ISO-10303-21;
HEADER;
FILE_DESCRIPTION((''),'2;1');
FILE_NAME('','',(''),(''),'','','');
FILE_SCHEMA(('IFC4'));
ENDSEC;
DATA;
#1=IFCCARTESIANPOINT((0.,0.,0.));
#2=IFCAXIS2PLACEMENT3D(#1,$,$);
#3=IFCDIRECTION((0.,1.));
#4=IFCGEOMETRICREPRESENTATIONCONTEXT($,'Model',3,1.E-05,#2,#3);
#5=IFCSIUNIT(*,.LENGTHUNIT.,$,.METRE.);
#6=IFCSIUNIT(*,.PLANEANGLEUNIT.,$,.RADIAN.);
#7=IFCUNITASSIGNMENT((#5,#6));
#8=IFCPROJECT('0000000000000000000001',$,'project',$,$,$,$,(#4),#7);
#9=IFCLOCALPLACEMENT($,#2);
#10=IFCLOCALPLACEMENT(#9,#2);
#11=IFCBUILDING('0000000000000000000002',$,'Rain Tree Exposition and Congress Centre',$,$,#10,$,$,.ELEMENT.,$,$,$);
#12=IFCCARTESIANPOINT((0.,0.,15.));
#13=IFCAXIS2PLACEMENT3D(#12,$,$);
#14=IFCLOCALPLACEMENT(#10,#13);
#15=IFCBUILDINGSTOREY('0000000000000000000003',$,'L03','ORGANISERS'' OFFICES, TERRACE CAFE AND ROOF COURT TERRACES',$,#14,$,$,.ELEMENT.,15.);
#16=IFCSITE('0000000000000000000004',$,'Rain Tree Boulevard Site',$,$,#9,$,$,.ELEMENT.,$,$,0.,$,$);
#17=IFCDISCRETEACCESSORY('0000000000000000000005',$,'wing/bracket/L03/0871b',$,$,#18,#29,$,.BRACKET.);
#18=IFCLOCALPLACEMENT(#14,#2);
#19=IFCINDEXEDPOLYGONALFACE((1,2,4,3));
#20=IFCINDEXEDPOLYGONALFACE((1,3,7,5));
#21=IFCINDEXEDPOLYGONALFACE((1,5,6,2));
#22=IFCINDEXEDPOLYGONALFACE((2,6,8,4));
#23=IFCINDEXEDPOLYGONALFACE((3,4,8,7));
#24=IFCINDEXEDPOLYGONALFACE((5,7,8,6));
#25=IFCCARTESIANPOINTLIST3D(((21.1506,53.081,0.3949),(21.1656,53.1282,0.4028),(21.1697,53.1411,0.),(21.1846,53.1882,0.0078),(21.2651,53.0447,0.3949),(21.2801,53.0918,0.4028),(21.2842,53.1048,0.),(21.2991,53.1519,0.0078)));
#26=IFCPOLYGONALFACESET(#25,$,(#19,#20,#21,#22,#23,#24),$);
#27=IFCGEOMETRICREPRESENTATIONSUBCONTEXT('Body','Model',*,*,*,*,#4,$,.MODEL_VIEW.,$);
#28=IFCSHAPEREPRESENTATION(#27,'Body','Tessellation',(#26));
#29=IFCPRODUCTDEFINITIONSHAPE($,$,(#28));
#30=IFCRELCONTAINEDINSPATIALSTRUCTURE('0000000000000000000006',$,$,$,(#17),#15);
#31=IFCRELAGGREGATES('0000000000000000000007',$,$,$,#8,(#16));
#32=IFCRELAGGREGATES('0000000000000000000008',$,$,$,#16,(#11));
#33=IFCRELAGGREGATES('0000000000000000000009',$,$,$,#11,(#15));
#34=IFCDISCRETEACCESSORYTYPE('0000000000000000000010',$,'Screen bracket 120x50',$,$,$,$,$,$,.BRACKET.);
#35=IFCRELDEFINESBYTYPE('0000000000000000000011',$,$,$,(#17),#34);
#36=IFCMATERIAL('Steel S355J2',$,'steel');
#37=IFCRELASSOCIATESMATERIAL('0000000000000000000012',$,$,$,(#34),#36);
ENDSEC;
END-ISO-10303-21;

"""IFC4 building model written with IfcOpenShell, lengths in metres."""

from ifc_helpers import new_model, si_unit, direction, frame, origin, origin_2d, place, context, subcontext, project, spatial, rectangle, extrude, material, material_profile, profile_set, type_object, element, save


model = new_model("IFC4")

# Units and contexts
model_context = context("Model", 3, precision=1e-05, world=origin(), true_north=direction((0.0, 1.0)))
body_context = subcontext(model_context, "Body", "Model", "MODEL_VIEW")
ifc_project = project(units=[si_unit("LENGTHUNIT", "METRE"), si_unit("PLANEANGLEUNIT", "RADIAN")], contexts=[model_context])

# Site, building, storey
site_placement = place(None, origin())
site = spatial("IfcSite", under=ifc_project, at=site_placement, Name="Rain Tree Boulevard Site", CompositionType="ELEMENT", RefElevation=0.0)
building_placement = place(site_placement, origin())
building = spatial("IfcBuilding", under=site, at=building_placement, Name="Rain Tree Exposition and Congress Centre", CompositionType="ELEMENT")
storey_placement = place(building_placement, frame((0.0, 0.0, 15.0)))
storey = spatial("IfcBuildingStorey", under=building, at=storey_placement, Name="L03", Description="ORGANISERS' OFFICES, TERRACE CAFE AND ROOF COURT TERRACES", CompositionType="ELEMENT", Elevation=15.0)

# Discrete accessory
ifc_material_1 = material(Name="Steel S355J2", Category="steel")
ifc_material_profile = material_profile(ifc_material_1, rectangle(XDim=0.1201, YDim=0.05, at=origin_2d()), Name="Flat bar 120x50")
ifc_profile_set = profile_set([ifc_material_profile], Name="Steel S355J2")
discrete_accessory_type = type_object("IfcDiscreteAccessoryType", Name="Screen bracket 120x50", PredefinedType="BRACKET", material=ifc_profile_set)
discrete_accessory_1_placement = place(storey_placement, frame((21.2344, 53.1465, 0.0039), z_axis=(-0.047606, -0.150142, 0.987518), x_axis=(0.953231, -0.302244, 0.0)))
element("IfcDiscreteAccessory", 1, at=discrete_accessory_1_placement, inside=storey, type_object=discrete_accessory_type, Name="wing/bracket/L03/0871b", PredefinedType="BRACKET", context=body_context, shape_type="SweptSolid", body=[
    extrude(rectangle(XDim=0.1201, YDim=0.05, at=origin_2d()), origin(), (0.0, 0.0, 1.0), 0.3999),
])

save(model, "model.ifc")
